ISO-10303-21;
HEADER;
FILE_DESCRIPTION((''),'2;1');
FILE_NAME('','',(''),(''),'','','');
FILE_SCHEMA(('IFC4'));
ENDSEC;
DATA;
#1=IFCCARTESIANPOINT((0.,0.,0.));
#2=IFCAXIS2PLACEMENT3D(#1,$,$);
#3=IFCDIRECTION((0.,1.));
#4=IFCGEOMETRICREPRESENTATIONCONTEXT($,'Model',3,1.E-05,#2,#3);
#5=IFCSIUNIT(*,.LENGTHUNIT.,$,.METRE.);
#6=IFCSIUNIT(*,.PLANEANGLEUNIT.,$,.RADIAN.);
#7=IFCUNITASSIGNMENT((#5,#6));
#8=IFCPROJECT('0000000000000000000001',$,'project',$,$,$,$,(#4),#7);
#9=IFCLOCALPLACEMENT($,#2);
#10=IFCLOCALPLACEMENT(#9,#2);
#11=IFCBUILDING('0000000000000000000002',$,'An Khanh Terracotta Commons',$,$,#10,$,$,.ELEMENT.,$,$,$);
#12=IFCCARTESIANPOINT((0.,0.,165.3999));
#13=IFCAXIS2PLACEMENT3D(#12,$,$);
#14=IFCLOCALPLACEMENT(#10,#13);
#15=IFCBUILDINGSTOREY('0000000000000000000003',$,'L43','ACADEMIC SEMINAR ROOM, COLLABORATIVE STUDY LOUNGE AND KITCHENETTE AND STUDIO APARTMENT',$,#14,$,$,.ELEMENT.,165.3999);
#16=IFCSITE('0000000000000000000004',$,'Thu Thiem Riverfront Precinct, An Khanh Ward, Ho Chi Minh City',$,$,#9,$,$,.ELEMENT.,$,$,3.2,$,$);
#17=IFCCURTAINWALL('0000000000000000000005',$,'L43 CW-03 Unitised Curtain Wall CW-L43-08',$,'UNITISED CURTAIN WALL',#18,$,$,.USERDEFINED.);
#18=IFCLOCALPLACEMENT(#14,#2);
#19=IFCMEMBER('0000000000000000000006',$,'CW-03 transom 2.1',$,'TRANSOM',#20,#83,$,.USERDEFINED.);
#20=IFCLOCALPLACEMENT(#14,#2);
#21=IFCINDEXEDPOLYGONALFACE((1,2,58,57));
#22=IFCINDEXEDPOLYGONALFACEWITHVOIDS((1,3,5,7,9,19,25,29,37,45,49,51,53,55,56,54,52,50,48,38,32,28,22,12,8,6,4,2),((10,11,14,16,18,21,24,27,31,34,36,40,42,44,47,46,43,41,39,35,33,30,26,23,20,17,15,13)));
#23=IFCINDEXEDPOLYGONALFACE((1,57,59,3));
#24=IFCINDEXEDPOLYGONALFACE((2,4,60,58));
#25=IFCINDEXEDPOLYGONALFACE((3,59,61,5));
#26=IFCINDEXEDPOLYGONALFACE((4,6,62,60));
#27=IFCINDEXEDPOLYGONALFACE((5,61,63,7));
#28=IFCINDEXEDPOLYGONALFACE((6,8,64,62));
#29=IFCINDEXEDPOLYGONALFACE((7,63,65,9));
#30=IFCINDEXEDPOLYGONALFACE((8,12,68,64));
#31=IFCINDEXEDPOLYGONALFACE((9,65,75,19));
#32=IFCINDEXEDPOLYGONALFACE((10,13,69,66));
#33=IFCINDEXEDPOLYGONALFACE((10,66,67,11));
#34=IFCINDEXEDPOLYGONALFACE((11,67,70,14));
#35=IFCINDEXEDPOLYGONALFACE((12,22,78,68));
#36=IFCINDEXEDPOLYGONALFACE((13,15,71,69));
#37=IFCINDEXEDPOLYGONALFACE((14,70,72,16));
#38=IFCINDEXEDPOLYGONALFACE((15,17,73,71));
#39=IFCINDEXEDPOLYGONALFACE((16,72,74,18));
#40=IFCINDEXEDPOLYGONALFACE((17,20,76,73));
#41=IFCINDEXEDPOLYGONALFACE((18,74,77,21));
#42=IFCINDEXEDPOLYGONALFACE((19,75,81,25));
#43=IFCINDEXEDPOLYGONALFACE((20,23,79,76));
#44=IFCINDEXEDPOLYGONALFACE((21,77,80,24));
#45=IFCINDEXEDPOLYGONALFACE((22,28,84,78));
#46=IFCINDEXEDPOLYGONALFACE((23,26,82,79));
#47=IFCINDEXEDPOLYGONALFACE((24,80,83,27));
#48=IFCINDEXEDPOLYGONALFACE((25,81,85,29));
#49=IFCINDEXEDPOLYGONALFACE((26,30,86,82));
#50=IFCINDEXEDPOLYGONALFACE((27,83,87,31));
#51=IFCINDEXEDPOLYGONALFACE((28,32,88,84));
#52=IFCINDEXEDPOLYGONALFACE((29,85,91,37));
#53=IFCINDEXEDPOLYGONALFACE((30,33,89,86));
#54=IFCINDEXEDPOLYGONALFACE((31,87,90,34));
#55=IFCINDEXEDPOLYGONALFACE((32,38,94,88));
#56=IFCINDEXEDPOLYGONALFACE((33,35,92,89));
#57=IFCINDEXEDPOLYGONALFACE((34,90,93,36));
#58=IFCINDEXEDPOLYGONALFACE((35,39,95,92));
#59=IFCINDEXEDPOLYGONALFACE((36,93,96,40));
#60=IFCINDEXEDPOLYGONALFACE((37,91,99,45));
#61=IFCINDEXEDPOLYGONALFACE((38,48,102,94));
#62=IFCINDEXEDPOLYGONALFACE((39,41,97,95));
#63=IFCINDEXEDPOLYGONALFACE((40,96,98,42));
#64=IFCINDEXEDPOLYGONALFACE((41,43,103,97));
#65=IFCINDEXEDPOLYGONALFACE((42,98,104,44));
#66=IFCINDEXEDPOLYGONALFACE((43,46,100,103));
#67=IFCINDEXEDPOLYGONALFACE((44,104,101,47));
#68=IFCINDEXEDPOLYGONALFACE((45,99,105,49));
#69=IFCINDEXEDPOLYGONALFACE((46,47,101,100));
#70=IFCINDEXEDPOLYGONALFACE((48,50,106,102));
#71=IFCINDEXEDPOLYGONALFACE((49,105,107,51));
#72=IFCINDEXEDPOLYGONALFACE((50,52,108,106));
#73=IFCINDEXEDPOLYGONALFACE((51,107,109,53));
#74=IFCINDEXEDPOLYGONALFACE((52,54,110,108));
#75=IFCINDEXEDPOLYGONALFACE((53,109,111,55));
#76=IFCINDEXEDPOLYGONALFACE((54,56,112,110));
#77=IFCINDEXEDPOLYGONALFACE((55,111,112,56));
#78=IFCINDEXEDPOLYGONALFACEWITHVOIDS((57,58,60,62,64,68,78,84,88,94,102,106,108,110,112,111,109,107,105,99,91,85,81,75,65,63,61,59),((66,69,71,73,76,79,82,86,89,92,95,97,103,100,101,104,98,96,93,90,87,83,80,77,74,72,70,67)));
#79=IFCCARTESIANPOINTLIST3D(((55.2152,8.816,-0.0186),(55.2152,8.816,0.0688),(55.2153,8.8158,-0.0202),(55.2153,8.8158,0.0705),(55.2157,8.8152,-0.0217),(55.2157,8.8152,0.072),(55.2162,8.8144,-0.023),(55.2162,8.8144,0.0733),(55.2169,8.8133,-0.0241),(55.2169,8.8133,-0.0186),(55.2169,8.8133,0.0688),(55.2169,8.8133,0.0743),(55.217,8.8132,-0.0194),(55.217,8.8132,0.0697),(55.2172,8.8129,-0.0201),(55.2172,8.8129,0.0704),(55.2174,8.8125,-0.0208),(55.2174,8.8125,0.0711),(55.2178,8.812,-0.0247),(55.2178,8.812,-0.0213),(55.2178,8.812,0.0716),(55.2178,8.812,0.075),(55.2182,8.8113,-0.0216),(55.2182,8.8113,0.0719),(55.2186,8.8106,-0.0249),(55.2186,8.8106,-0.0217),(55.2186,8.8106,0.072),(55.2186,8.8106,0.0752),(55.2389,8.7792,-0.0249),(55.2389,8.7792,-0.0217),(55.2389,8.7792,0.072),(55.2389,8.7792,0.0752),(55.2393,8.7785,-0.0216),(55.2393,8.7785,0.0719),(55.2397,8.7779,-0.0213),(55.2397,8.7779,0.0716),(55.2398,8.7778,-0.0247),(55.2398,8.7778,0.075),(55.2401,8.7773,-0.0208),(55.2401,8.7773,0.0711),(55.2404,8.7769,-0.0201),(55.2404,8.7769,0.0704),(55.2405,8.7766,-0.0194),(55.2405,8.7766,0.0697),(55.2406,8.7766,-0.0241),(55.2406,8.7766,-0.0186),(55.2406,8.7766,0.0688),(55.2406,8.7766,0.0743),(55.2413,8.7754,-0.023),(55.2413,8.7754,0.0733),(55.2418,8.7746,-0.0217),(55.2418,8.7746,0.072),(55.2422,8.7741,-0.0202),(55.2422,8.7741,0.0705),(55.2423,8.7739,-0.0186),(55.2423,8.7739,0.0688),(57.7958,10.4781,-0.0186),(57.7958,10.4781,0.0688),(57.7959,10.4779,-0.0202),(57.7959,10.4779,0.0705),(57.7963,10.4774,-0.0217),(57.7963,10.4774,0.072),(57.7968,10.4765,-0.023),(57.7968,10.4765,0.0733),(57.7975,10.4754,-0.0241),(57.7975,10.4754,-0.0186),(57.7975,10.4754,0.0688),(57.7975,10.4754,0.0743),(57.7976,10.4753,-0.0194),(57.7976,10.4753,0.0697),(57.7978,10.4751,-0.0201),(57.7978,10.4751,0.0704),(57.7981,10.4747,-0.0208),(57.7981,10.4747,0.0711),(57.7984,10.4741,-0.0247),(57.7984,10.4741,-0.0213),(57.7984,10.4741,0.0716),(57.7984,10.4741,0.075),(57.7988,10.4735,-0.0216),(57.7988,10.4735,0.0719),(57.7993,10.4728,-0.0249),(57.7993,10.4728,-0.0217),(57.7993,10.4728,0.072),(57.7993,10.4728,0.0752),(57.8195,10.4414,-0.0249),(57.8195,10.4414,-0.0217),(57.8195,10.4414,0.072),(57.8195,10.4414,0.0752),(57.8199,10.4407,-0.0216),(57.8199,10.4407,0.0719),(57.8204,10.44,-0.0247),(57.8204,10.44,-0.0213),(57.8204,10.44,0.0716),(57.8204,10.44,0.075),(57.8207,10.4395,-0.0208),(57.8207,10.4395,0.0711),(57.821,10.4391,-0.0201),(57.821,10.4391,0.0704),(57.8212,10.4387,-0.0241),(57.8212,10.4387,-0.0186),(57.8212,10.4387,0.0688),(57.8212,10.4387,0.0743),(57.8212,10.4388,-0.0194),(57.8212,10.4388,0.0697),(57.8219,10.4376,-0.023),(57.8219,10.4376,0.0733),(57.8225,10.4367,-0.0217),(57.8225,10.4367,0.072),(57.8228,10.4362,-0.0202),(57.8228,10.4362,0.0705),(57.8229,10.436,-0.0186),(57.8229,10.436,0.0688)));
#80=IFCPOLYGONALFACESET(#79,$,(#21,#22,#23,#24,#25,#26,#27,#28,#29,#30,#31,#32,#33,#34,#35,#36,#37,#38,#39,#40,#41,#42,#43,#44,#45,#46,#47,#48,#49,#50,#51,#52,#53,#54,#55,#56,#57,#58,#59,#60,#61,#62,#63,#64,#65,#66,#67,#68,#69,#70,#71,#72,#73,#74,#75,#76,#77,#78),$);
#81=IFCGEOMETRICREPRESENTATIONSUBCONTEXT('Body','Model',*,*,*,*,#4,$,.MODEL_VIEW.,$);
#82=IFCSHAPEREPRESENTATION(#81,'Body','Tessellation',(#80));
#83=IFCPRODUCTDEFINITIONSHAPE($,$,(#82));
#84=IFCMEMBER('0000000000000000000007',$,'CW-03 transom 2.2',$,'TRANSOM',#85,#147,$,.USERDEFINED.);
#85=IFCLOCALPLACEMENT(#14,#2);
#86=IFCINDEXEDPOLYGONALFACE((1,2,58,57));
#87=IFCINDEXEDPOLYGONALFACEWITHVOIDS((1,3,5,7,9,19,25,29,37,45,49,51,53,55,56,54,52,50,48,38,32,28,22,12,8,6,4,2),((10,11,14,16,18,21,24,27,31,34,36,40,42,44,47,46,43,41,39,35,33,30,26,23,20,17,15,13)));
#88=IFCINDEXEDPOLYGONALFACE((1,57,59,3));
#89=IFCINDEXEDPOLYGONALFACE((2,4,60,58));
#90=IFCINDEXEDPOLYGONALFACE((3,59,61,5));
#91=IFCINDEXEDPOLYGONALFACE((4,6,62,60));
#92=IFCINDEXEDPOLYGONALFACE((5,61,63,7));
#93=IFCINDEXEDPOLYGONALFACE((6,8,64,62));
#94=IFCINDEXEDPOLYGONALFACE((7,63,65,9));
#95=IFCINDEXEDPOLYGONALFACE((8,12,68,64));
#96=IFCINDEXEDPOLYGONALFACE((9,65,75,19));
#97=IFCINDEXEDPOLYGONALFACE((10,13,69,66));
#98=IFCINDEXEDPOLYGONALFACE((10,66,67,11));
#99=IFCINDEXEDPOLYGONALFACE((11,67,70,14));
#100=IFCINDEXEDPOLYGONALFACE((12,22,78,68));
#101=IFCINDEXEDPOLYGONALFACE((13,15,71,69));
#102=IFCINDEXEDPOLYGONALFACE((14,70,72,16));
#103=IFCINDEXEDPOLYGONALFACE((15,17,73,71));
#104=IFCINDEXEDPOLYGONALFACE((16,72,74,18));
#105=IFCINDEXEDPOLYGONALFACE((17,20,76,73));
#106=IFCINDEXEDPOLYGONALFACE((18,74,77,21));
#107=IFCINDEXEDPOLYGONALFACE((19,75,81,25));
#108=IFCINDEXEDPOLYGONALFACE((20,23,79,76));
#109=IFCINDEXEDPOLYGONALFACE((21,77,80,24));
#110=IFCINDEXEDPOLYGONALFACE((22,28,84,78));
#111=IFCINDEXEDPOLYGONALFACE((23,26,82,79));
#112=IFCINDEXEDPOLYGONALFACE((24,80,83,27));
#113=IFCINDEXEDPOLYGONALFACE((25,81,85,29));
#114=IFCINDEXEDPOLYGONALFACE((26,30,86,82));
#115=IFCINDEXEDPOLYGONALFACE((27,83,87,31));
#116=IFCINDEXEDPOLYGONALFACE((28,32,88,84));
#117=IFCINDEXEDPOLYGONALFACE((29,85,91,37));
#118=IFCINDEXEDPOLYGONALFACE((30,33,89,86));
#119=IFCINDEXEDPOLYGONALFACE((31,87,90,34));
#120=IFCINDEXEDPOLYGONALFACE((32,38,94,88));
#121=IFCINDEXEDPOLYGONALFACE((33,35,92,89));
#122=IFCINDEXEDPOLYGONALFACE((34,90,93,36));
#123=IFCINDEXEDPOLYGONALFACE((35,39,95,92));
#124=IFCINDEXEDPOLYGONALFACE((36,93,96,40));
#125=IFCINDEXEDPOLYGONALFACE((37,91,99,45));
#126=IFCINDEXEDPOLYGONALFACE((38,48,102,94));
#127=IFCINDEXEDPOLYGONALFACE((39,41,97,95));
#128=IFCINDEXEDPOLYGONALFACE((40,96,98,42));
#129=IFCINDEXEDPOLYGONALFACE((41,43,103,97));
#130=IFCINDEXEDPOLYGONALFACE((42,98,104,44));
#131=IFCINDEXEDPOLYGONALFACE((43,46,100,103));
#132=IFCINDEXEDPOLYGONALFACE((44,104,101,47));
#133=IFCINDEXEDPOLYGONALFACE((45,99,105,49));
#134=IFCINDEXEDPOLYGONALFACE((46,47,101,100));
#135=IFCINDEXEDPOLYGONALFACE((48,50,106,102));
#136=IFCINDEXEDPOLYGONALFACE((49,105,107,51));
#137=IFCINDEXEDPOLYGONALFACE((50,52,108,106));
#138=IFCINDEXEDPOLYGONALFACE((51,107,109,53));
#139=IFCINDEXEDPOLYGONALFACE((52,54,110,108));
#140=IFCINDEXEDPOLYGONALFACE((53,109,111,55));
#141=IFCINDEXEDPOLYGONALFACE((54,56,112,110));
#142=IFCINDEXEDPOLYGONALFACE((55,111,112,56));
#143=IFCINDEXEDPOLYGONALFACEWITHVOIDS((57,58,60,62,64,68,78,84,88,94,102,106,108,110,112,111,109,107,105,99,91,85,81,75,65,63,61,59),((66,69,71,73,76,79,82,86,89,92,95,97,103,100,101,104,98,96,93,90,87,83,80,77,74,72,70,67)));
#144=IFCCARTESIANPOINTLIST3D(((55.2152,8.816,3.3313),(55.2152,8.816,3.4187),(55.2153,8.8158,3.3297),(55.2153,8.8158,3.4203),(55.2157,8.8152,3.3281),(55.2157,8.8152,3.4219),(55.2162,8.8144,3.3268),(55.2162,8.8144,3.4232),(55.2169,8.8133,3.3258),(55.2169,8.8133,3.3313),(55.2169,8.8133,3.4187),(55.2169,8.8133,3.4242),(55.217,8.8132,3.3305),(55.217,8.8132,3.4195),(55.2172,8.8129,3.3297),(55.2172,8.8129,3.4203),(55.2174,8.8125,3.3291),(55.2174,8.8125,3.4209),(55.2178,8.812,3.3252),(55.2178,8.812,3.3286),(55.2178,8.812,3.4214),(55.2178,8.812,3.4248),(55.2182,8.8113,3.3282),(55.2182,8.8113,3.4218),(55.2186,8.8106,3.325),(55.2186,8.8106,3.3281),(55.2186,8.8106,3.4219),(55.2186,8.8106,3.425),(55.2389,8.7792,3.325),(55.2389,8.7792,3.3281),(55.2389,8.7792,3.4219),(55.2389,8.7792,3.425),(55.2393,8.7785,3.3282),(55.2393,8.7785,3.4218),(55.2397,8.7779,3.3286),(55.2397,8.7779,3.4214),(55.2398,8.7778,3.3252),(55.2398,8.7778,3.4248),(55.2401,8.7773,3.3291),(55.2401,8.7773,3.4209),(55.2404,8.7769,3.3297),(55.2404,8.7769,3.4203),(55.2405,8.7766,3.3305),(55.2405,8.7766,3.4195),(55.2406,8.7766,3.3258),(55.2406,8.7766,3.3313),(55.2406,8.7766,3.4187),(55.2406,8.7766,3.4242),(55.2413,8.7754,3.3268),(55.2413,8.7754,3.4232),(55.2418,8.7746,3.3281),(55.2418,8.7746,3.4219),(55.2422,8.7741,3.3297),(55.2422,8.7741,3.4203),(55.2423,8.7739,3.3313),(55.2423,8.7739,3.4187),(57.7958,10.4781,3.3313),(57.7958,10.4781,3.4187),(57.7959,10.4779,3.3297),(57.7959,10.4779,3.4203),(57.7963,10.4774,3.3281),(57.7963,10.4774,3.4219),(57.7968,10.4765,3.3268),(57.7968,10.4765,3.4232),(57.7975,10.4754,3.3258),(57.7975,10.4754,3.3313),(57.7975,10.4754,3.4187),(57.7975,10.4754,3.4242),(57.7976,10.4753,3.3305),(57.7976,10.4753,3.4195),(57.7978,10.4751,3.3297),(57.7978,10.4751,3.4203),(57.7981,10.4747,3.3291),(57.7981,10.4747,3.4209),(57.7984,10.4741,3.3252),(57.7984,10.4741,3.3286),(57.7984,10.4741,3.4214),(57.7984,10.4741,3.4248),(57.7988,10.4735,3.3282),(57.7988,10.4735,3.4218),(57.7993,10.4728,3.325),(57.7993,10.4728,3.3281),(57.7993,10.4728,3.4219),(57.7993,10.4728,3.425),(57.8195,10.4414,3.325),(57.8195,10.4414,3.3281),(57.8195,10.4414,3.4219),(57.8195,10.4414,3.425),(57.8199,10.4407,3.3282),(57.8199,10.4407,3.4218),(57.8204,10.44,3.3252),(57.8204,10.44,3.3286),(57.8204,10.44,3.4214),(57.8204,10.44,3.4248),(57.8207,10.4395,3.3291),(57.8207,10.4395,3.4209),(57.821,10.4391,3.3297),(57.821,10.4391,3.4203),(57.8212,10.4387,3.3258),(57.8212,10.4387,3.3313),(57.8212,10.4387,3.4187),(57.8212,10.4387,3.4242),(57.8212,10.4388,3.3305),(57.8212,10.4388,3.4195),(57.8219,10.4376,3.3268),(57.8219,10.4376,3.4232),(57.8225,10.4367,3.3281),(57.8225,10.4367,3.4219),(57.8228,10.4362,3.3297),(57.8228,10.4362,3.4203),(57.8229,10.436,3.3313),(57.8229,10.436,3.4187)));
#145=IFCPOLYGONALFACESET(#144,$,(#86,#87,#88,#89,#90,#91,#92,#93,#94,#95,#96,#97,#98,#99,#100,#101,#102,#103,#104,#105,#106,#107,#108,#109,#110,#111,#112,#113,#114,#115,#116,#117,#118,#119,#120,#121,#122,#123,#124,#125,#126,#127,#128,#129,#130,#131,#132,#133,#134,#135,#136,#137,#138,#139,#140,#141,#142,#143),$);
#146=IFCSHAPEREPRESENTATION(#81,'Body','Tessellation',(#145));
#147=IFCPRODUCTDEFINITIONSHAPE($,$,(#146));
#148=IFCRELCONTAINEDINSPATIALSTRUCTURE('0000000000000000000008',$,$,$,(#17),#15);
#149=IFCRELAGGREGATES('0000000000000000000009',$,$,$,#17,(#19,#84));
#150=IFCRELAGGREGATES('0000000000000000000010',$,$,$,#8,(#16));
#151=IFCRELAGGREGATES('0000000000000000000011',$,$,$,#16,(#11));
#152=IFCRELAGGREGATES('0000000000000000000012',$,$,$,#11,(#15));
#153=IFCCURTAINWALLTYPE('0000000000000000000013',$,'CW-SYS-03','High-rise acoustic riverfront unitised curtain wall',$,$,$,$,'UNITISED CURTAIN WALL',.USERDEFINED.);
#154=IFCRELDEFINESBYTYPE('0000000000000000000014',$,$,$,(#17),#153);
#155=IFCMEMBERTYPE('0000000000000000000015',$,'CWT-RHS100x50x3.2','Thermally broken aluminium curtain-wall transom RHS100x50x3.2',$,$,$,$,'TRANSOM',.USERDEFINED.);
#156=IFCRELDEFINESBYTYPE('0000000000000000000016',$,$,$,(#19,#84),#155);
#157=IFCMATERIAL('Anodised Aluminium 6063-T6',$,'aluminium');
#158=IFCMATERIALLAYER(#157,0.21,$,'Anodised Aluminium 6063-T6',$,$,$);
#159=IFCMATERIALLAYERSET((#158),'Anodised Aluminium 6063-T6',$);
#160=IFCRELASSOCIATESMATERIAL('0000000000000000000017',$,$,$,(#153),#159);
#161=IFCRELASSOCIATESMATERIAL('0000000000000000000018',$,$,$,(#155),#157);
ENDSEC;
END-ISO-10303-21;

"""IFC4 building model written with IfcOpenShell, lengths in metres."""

from ifc_helpers import new_model, si_unit, direction, frame, origin, origin_2d, place, context, subcontext, project, spatial, hollow_rectangle, extrude, material, layer, layer_set, material_profile, profile_set, type_object, element, aggregate, save


model = new_model("IFC4")

# Units and contexts
model_context = context("Model", 3, precision=1e-05, world=origin(), true_north=direction((0.0, 1.0)))
body_context = subcontext(model_context, "Body", "Model", "MODEL_VIEW")
ifc_project = project(units=[si_unit("LENGTHUNIT", "METRE"), si_unit("PLANEANGLEUNIT", "RADIAN")], contexts=[model_context])

# Site, building, storey
site_placement = place(None, origin())
site = spatial("IfcSite", under=ifc_project, at=site_placement, Name="Thu Thiem Riverfront Precinct, An Khanh Ward, Ho Chi Minh City", CompositionType="ELEMENT", RefElevation=3.2)
building_placement = place(site_placement, origin())
building = spatial("IfcBuilding", under=site, at=building_placement, Name="An Khanh Terracotta Commons", CompositionType="ELEMENT")
storey_placement = place(building_placement, frame((0.0, 0.0, 165.3999)))
storey = spatial("IfcBuildingStorey", under=building, at=storey_placement, Name="L43", Description="ACADEMIC SEMINAR ROOM, COLLABORATIVE STUDY LOUNGE AND KITCHENETTE AND STUDIO APARTMENT", CompositionType="ELEMENT", Elevation=165.3999)

# Curtain wall
ifc_material_1 = material(Name="Anodised Aluminium 6063-T6", Category="aluminium")
ifc_layer_1 = layer(ifc_material_1, 0.21, Name="Anodised Aluminium 6063-T6")
ifc_layer_set_1 = layer_set([ifc_layer_1], Name="Anodised Aluminium 6063-T6")
curtain_wall_type = type_object("IfcCurtainWallType", Name="CW-SYS-03", Description="High-rise acoustic riverfront unitised curtain wall", ElementType="UNITISED CURTAIN WALL", PredefinedType="USERDEFINED", material=ifc_layer_set_1)
curtain_wall_1_placement = place(storey_placement, origin())
curtain_wall_1 = element("IfcCurtainWall", 1, at=curtain_wall_1_placement, inside=storey, type_object=curtain_wall_type, Name="L43 CW-03 Unitised Curtain Wall CW-L43-08", ObjectType="UNITISED CURTAIN WALL", PredefinedType="USERDEFINED")

# Members
ifc_material_profile_1 = material_profile(ifc_material_1, hollow_rectangle(XDim=0.05, YDim=0.1001, WallThickness=0.0032, InnerFilletRadius=0.0032, OuterFilletRadius=0.0063, at=origin_2d()), Name="RHS100x50x3.2")
ifc_profile_set_1 = profile_set([ifc_material_profile_1], Name="Anodised Aluminium 6063-T6")
member_type_1 = type_object("IfcMemberType", Name="CWT-RHS100x50x3.2", Description="Thermally broken aluminium curtain-wall transom RHS100x50x3.2", ElementType="TRANSOM", PredefinedType="USERDEFINED", material=ifc_profile_set_1)
member_1_placement = place(storey_placement, frame((55.2288, 8.7949, 0.0251), z_axis=(0.840708, 0.541489, 0.0), x_axis=(-0.541489, 0.840708, 0.0)))
member_1 = element("IfcMember", 2, at=member_1_placement, type_object=member_type_1, Name="CW-03 transom 2.1", ObjectType="TRANSOM", PredefinedType="USERDEFINED", context=body_context, shape_type="SweptSolid", body=[
    extrude(hollow_rectangle(XDim=0.05, YDim=0.1001, WallThickness=0.0032, InnerFilletRadius=0.0032, OuterFilletRadius=0.0063, at=origin_2d()), origin(), (0.0, 0.0, 1.0), 3.0696),
])
member_2_placement = place(storey_placement, frame((55.2288, 8.7949, 3.375), z_axis=(0.840708, 0.541489, 0.0), x_axis=(-0.541489, 0.840708, 0.0)))
member_2 = element("IfcMember", 3, at=member_2_placement, type_object=member_type_1, Name="CW-03 transom 2.2", ObjectType="TRANSOM", PredefinedType="USERDEFINED", context=body_context, shape_type="SweptSolid", body=[
    extrude(hollow_rectangle(XDim=0.05, YDim=0.1001, WallThickness=0.0032, InnerFilletRadius=0.0032, OuterFilletRadius=0.0063, at=origin_2d()), origin(), (0.0, 0.0, 1.0), 3.0696),
])

aggregate(curtain_wall_1, [member_1, member_2])

save(model, "model.ifc")
